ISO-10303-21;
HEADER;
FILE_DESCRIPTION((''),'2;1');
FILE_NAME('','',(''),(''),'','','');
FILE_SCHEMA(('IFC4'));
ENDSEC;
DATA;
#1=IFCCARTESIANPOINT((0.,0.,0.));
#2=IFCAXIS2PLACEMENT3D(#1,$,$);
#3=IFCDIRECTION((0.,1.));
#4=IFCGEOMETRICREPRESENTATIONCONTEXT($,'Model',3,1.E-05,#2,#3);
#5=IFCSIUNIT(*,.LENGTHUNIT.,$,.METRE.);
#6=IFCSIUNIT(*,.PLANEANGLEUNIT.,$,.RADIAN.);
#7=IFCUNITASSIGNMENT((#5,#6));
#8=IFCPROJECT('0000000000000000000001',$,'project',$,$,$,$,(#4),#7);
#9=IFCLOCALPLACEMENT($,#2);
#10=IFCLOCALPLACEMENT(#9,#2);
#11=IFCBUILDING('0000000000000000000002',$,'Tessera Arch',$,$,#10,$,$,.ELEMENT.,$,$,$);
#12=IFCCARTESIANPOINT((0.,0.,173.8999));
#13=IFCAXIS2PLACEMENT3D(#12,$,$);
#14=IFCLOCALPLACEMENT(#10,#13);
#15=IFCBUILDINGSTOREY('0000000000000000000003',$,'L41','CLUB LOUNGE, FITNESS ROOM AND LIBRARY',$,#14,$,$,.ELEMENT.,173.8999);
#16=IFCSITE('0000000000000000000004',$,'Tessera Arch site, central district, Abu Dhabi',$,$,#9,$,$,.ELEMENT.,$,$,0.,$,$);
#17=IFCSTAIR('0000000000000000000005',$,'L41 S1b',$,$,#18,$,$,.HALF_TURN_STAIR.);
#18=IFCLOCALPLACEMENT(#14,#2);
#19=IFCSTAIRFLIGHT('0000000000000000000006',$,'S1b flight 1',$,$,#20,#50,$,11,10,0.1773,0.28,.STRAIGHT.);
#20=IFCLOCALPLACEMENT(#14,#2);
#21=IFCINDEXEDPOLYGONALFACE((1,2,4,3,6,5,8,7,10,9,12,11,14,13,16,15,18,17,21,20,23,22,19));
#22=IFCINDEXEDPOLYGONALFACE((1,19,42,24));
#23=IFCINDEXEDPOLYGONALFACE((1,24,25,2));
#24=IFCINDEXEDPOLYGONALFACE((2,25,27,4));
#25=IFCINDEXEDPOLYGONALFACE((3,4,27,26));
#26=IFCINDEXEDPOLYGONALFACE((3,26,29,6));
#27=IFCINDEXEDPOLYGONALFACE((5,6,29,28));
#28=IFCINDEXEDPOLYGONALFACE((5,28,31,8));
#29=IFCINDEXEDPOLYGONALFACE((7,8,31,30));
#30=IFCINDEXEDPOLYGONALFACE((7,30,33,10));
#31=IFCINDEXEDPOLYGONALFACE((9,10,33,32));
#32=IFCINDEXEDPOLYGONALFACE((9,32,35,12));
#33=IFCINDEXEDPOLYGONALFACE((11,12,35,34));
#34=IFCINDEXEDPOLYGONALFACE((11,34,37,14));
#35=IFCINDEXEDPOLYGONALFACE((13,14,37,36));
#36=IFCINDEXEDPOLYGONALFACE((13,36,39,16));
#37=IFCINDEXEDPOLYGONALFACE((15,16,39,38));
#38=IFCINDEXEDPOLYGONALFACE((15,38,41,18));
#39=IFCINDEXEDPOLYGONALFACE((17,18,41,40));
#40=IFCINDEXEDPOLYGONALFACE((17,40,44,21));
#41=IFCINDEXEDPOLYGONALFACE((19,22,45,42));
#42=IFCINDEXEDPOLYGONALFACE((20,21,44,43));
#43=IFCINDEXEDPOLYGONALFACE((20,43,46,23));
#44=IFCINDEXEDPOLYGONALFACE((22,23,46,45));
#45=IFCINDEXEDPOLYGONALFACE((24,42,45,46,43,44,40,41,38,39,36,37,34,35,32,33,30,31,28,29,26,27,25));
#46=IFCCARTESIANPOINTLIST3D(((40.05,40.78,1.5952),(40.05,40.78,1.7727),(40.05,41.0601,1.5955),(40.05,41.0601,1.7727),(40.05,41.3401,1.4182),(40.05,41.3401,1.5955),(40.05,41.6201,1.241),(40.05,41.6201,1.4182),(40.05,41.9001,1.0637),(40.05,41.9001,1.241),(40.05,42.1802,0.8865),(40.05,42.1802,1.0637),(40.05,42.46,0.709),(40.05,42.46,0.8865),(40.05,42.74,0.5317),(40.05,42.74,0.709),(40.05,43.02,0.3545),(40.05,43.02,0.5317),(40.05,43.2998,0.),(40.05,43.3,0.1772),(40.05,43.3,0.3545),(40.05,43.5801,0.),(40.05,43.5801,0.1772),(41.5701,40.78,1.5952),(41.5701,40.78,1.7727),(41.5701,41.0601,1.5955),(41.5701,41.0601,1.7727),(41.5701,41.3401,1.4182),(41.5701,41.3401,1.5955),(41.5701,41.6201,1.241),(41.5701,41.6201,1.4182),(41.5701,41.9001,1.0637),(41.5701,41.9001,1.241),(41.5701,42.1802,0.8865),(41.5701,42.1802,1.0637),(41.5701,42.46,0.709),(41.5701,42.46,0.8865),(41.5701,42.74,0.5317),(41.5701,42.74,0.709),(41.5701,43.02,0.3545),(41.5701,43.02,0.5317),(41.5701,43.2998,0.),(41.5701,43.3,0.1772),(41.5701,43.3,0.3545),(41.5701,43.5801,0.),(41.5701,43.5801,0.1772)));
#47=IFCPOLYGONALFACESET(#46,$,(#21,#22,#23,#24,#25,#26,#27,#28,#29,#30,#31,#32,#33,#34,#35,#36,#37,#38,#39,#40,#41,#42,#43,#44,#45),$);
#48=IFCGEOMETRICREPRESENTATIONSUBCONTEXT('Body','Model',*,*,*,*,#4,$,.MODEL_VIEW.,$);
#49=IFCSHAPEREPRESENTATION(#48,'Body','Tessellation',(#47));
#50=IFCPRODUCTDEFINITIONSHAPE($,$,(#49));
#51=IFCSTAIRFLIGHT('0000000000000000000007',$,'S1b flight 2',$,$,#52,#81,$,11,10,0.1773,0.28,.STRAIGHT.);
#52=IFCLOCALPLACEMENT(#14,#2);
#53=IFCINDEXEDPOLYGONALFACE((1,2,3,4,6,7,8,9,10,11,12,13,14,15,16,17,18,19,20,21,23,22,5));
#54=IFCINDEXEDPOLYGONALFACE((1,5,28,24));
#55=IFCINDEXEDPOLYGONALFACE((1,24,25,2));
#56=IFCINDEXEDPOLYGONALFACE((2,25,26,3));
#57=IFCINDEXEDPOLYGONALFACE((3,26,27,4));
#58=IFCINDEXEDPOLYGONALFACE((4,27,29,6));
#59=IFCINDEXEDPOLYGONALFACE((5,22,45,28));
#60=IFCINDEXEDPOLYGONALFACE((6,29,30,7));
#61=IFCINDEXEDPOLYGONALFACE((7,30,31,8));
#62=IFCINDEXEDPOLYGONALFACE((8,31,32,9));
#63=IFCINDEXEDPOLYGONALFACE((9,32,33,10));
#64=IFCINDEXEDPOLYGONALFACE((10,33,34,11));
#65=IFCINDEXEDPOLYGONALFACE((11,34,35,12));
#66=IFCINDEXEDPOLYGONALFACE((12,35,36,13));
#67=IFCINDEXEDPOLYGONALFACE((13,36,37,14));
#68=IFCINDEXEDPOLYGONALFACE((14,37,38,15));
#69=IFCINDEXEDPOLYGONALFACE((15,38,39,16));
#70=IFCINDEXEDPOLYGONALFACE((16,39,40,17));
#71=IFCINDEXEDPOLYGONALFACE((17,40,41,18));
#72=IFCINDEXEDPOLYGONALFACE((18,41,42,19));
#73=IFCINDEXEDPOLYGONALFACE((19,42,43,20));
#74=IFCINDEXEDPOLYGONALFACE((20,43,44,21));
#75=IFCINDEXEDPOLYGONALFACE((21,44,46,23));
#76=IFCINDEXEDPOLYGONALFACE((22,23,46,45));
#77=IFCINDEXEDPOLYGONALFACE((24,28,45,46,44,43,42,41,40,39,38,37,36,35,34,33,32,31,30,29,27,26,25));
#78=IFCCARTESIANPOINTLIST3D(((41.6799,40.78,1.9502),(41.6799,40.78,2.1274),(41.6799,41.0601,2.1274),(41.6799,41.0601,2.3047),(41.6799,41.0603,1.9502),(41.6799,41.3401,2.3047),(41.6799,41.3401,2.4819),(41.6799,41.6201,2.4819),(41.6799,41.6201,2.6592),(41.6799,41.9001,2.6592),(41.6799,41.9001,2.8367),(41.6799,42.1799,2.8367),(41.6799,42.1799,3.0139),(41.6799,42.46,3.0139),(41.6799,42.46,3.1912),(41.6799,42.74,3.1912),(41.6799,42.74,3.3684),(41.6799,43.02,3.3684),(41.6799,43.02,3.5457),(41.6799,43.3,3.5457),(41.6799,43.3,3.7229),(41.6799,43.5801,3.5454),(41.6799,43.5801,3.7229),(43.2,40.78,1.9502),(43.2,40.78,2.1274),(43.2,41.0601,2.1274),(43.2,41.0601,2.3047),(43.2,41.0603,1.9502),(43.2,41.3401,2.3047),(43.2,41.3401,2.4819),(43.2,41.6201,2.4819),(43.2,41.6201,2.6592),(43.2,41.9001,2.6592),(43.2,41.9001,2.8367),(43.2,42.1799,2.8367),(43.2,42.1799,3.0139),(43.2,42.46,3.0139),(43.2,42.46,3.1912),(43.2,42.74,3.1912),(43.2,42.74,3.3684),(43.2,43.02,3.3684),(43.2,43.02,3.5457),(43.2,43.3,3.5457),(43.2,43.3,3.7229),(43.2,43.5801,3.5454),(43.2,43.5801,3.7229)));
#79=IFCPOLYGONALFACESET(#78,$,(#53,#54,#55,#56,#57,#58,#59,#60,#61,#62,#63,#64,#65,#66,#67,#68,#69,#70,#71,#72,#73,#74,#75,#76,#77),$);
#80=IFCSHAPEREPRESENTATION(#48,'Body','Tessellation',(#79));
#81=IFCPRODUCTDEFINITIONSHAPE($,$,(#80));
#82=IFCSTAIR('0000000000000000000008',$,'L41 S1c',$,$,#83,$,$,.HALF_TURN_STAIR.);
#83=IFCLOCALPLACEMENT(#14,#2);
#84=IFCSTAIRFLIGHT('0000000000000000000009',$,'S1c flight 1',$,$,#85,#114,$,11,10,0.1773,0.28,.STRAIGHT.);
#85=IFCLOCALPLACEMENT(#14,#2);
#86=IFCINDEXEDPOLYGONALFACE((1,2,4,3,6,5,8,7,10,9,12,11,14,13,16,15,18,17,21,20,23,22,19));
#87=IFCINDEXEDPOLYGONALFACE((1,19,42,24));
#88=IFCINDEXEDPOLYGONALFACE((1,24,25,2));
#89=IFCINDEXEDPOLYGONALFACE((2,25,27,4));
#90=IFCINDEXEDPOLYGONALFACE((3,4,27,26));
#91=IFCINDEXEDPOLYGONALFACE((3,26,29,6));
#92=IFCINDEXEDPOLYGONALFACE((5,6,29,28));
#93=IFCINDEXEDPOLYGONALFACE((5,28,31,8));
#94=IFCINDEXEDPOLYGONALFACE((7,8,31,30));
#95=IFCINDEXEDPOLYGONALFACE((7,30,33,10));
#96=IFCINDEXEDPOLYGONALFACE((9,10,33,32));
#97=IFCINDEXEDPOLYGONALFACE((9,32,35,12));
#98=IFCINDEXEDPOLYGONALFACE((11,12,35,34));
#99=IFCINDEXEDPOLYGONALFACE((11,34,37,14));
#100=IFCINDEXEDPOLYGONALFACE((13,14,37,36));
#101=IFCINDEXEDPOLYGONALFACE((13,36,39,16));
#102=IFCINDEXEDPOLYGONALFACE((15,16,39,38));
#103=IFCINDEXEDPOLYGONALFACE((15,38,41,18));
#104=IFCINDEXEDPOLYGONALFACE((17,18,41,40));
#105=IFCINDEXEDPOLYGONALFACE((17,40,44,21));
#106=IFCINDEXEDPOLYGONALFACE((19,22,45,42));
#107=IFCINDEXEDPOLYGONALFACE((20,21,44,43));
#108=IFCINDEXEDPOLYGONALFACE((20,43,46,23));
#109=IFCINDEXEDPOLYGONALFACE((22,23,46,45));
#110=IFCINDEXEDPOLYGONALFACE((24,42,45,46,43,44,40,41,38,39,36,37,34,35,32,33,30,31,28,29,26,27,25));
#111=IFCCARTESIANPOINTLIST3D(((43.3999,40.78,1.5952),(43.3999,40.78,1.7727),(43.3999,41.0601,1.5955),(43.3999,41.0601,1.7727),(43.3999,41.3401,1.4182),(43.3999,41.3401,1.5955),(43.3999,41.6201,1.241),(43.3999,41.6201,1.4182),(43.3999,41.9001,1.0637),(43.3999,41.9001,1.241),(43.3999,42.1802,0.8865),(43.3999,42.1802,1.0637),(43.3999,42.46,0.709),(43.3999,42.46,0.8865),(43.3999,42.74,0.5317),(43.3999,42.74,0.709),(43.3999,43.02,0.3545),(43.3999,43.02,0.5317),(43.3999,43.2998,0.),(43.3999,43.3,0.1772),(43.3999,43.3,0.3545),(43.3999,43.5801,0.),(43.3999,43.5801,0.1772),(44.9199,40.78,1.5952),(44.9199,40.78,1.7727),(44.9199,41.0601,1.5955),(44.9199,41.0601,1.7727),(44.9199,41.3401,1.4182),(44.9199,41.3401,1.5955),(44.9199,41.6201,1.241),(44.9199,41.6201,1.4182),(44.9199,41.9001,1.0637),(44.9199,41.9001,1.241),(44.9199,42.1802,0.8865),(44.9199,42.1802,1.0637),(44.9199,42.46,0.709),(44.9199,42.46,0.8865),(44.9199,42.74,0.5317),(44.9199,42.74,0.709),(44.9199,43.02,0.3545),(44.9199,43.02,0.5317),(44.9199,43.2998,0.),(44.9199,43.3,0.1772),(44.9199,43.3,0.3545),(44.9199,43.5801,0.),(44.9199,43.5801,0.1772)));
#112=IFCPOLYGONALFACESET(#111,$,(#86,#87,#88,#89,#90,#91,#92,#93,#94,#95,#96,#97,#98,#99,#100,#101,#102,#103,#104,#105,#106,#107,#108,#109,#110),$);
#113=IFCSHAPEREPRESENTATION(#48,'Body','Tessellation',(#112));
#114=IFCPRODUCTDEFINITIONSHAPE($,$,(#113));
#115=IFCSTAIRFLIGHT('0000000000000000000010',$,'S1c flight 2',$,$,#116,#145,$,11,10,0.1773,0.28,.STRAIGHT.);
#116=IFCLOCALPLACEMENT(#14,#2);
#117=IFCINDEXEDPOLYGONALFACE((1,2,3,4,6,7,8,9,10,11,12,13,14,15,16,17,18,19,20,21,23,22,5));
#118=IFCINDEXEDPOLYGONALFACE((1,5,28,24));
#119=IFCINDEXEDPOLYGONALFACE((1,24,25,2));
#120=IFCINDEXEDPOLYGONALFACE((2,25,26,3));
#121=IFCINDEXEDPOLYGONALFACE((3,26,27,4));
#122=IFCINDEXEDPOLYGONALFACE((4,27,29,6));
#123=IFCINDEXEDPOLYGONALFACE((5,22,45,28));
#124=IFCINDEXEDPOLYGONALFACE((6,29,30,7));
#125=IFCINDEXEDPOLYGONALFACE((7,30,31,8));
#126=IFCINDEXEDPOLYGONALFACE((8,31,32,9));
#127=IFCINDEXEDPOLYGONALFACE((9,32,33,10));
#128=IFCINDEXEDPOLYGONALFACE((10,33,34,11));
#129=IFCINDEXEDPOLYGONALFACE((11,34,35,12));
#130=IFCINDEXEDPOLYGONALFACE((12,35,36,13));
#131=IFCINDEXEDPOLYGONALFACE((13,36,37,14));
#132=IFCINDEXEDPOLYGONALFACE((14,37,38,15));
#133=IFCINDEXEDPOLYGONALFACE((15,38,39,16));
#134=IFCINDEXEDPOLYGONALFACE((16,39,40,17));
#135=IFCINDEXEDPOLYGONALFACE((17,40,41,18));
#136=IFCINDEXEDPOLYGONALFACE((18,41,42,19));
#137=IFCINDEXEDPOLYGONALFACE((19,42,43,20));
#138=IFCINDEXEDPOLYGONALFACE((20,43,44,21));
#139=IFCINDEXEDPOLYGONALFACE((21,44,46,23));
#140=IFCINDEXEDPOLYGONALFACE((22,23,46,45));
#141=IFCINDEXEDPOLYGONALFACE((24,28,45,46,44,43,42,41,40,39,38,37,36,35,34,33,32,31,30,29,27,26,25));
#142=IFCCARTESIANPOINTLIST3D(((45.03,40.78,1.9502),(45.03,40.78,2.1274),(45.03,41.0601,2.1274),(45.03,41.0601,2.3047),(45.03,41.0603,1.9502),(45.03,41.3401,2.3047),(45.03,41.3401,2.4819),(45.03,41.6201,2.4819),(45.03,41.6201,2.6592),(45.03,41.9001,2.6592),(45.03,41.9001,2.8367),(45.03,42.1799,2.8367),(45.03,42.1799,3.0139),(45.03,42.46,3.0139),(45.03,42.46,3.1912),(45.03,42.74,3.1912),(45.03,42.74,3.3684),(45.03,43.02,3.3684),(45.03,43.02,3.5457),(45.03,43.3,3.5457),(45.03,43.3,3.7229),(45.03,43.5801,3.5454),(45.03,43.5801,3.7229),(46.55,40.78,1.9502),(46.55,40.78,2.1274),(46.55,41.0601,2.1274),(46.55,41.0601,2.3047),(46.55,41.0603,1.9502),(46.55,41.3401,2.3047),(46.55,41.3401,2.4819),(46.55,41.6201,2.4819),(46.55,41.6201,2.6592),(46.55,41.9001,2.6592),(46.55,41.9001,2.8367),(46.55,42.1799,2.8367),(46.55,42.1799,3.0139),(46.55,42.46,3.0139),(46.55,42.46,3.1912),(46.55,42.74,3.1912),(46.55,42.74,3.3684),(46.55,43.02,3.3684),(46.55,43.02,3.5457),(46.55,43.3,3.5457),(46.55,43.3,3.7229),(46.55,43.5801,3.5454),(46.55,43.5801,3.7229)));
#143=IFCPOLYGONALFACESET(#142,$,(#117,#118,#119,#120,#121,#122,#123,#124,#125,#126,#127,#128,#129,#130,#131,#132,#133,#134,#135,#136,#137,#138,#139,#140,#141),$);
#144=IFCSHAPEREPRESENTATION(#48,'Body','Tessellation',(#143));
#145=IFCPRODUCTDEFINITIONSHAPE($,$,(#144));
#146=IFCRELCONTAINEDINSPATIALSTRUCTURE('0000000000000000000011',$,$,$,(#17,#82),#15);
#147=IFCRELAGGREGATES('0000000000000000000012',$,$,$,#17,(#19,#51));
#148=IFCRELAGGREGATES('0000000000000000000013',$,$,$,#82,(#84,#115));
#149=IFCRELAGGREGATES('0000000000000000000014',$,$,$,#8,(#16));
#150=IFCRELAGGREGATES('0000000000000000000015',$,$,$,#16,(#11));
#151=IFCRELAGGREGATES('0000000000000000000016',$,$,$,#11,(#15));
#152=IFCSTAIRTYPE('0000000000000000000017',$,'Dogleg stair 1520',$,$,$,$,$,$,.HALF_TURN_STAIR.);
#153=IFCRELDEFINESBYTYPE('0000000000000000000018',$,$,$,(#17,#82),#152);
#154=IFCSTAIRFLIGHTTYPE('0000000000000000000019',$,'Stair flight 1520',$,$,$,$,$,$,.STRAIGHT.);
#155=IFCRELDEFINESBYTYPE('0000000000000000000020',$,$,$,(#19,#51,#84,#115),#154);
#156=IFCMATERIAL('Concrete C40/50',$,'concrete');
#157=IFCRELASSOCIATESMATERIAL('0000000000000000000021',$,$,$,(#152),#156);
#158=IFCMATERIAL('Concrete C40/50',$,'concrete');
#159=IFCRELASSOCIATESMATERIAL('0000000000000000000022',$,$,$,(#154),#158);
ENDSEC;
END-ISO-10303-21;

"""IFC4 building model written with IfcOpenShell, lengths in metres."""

from ifc_helpers import new_model, si_unit, direction, frame, origin, place, context, subcontext, project, spatial, polyline, outline, extrude, material, type_object, element, aggregate, save


model = new_model("IFC4")

# Units and contexts
model_context = context("Model", 3, precision=1e-05, world=origin(), true_north=direction((0.0, 1.0)))
body_context = subcontext(model_context, "Body", "Model", "MODEL_VIEW")
ifc_project = project(units=[si_unit("LENGTHUNIT", "METRE"), si_unit("PLANEANGLEUNIT", "RADIAN")], contexts=[model_context])

# Site, building, storey
site_placement = place(None, origin())
site = spatial("IfcSite", under=ifc_project, at=site_placement, Name="Tessera Arch site, central district, Abu Dhabi", CompositionType="ELEMENT", RefElevation=0.0)
building_placement = place(site_placement, origin())
building = spatial("IfcBuilding", under=site, at=building_placement, Name="Tessera Arch", CompositionType="ELEMENT")
storey_placement = place(building_placement, frame((0.0, 0.0, 173.8999)))
storey = spatial("IfcBuildingStorey", under=building, at=storey_placement, Name="L41", Description="CLUB LOUNGE, FITNESS ROOM AND LIBRARY", CompositionType="ELEMENT", Elevation=173.8999)

# Stairs, stair flights
ifc_material_1 = material(Name="Concrete C40/50", Category="concrete")
stair_type = type_object("IfcStairType", Name="Dogleg stair 1520", PredefinedType="HALF_TURN_STAIR", material=ifc_material_1)
stair_1_placement = place(storey_placement, origin())
stair_1 = element("IfcStair", 1, at=stair_1_placement, inside=storey, type_object=stair_type, Name="L41 S1b", PredefinedType="HALF_TURN_STAIR")
ifc_material_2 = material(Name="Concrete C40/50", Category="concrete")
stair_flight_type = type_object("IfcStairFlightType", Name="Stair flight 1520", PredefinedType="STRAIGHT", material=ifc_material_2)
stair_flight_1_placement = place(storey_placement, frame((40.8101, 43.5801, 0.0), z_axis=(0.0, 0.0, 1.0), x_axis=(0.0, -1.0, 0.0)))
stair_flight_1 = element("IfcStairFlight", 2, at=stair_flight_1_placement, type_object=stair_flight_type, Name="S1b flight 1", NumberOfRisers=11, NumberOfTreads=10, PredefinedType="STRAIGHT", RiserHeight=0.1773, TreadLength=0.28, context=body_context, shape_type="SweptSolid", body=[
    extrude(outline(polyline([(0.0, 0.0), (0.0, 0.1772), (0.28, 0.1772), (0.28, 0.3545), (0.5601, 0.3545), (0.5601, 0.5317), (0.8401, 0.5317), (0.8401, 0.709), (1.1201, 0.709), (1.1201, 0.8865), (1.3999, 0.8865), (1.3999, 1.0637), (1.6799, 1.0637), (1.6799, 1.241), (1.96, 1.241), (1.96, 1.4182), (2.24, 1.4182), (2.24, 1.5955), (2.52, 1.5955), (2.52, 1.7727), (2.8, 1.7727), (2.8, 1.95), (2.8, 1.5952), (0.2803, 0.0), (0.0, 0.0)])), frame((0.0, 0.76, 0.0), z_axis=(0.0, -1.0, 0.0), x_axis=(1.0, 0.0, 0.0)), (0.0, 0.0, 1.0), 1.52),
])
stair_flight_2_placement = place(storey_placement, frame((42.4399, 40.78, 1.9502), z_axis=(0.0, 0.0, 1.0), x_axis=(0.0, 1.0, 0.0)))
stair_flight_2 = element("IfcStairFlight", 3, at=stair_flight_2_placement, type_object=stair_flight_type, Name="S1b flight 2", NumberOfRisers=11, NumberOfTreads=10, PredefinedType="STRAIGHT", RiserHeight=0.1773, TreadLength=0.28, context=body_context, shape_type="SweptSolid", body=[
    extrude(outline(polyline([(0.0, 0.0), (0.0, 0.1772), (0.28, 0.1772), (0.28, 0.3545), (0.5601, 0.3545), (0.5601, 0.5317), (0.8401, 0.5317), (0.8401, 0.709), (1.1201, 0.709), (1.1201, 0.8865), (1.3999, 0.8865), (1.3999, 1.0637), (1.6799, 1.0637), (1.6799, 1.241), (1.96, 1.241), (1.96, 1.4182), (2.24, 1.4182), (2.24, 1.5955), (2.52, 1.5955), (2.52, 1.7727), (2.8, 1.7727), (2.8, 1.95), (2.8, 1.5952), (0.2803, 0.0), (0.0, 0.0)])), frame((0.0, 0.76, 0.0), z_axis=(0.0, -1.0, 0.0), x_axis=(1.0, 0.0, 0.0)), (0.0, 0.0, 1.0), 1.52),
])
aggregate(stair_1, [stair_flight_1, stair_flight_2])
stair_2_placement = place(storey_placement, origin())
stair_2 = element("IfcStair", 4, at=stair_2_placement, inside=storey, type_object=stair_type, Name="L41 S1c", PredefinedType="HALF_TURN_STAIR")
stair_flight_3_placement = place(storey_placement, frame((44.1599, 43.5801, 0.0), z_axis=(0.0, 0.0, 1.0), x_axis=(0.0, -1.0, 0.0)))
stair_flight_3 = element("IfcStairFlight", 5, at=stair_flight_3_placement, type_object=stair_flight_type, Name="S1c flight 1", NumberOfRisers=11, NumberOfTreads=10, PredefinedType="STRAIGHT", RiserHeight=0.1773, TreadLength=0.28, context=body_context, shape_type="SweptSolid", body=[
    extrude(outline(polyline([(0.0, 0.0), (0.0, 0.1772), (0.28, 0.1772), (0.28, 0.3545), (0.5601, 0.3545), (0.5601, 0.5317), (0.8401, 0.5317), (0.8401, 0.709), (1.1201, 0.709), (1.1201, 0.8865), (1.3999, 0.8865), (1.3999, 1.0637), (1.6799, 1.0637), (1.6799, 1.241), (1.96, 1.241), (1.96, 1.4182), (2.24, 1.4182), (2.24, 1.5955), (2.52, 1.5955), (2.52, 1.7727), (2.8, 1.7727), (2.8, 1.95), (2.8, 1.5952), (0.2803, 0.0), (0.0, 0.0)])), frame((0.0, 0.76, 0.0), z_axis=(0.0, -1.0, 0.0), x_axis=(1.0, 0.0, 0.0)), (0.0, 0.0, 1.0), 1.52),
])
stair_flight_4_placement = place(storey_placement, frame((45.79, 40.78, 1.9502), z_axis=(0.0, 0.0, 1.0), x_axis=(0.0, 1.0, 0.0)))
stair_flight_4 = element("IfcStairFlight", 6, at=stair_flight_4_placement, type_object=stair_flight_type, Name="S1c flight 2", NumberOfRisers=11, NumberOfTreads=10, PredefinedType="STRAIGHT", RiserHeight=0.1773, TreadLength=0.28, context=body_context, shape_type="SweptSolid", body=[
    extrude(outline(polyline([(0.0, 0.0), (0.0, 0.1772), (0.28, 0.1772), (0.28, 0.3545), (0.5601, 0.3545), (0.5601, 0.5317), (0.8401, 0.5317), (0.8401, 0.709), (1.1201, 0.709), (1.1201, 0.8865), (1.3999, 0.8865), (1.3999, 1.0637), (1.6799, 1.0637), (1.6799, 1.241), (1.96, 1.241), (1.96, 1.4182), (2.24, 1.4182), (2.24, 1.5955), (2.52, 1.5955), (2.52, 1.7727), (2.8, 1.7727), (2.8, 1.95), (2.8, 1.5952), (0.2803, 0.0), (0.0, 0.0)])), frame((0.0, 0.76, 0.0), z_axis=(0.0, -1.0, 0.0), x_axis=(1.0, 0.0, 0.0)), (0.0, 0.0, 1.0), 1.52),
])
aggregate(stair_2, [stair_flight_3, stair_flight_4])

save(model, "model.ifc")
